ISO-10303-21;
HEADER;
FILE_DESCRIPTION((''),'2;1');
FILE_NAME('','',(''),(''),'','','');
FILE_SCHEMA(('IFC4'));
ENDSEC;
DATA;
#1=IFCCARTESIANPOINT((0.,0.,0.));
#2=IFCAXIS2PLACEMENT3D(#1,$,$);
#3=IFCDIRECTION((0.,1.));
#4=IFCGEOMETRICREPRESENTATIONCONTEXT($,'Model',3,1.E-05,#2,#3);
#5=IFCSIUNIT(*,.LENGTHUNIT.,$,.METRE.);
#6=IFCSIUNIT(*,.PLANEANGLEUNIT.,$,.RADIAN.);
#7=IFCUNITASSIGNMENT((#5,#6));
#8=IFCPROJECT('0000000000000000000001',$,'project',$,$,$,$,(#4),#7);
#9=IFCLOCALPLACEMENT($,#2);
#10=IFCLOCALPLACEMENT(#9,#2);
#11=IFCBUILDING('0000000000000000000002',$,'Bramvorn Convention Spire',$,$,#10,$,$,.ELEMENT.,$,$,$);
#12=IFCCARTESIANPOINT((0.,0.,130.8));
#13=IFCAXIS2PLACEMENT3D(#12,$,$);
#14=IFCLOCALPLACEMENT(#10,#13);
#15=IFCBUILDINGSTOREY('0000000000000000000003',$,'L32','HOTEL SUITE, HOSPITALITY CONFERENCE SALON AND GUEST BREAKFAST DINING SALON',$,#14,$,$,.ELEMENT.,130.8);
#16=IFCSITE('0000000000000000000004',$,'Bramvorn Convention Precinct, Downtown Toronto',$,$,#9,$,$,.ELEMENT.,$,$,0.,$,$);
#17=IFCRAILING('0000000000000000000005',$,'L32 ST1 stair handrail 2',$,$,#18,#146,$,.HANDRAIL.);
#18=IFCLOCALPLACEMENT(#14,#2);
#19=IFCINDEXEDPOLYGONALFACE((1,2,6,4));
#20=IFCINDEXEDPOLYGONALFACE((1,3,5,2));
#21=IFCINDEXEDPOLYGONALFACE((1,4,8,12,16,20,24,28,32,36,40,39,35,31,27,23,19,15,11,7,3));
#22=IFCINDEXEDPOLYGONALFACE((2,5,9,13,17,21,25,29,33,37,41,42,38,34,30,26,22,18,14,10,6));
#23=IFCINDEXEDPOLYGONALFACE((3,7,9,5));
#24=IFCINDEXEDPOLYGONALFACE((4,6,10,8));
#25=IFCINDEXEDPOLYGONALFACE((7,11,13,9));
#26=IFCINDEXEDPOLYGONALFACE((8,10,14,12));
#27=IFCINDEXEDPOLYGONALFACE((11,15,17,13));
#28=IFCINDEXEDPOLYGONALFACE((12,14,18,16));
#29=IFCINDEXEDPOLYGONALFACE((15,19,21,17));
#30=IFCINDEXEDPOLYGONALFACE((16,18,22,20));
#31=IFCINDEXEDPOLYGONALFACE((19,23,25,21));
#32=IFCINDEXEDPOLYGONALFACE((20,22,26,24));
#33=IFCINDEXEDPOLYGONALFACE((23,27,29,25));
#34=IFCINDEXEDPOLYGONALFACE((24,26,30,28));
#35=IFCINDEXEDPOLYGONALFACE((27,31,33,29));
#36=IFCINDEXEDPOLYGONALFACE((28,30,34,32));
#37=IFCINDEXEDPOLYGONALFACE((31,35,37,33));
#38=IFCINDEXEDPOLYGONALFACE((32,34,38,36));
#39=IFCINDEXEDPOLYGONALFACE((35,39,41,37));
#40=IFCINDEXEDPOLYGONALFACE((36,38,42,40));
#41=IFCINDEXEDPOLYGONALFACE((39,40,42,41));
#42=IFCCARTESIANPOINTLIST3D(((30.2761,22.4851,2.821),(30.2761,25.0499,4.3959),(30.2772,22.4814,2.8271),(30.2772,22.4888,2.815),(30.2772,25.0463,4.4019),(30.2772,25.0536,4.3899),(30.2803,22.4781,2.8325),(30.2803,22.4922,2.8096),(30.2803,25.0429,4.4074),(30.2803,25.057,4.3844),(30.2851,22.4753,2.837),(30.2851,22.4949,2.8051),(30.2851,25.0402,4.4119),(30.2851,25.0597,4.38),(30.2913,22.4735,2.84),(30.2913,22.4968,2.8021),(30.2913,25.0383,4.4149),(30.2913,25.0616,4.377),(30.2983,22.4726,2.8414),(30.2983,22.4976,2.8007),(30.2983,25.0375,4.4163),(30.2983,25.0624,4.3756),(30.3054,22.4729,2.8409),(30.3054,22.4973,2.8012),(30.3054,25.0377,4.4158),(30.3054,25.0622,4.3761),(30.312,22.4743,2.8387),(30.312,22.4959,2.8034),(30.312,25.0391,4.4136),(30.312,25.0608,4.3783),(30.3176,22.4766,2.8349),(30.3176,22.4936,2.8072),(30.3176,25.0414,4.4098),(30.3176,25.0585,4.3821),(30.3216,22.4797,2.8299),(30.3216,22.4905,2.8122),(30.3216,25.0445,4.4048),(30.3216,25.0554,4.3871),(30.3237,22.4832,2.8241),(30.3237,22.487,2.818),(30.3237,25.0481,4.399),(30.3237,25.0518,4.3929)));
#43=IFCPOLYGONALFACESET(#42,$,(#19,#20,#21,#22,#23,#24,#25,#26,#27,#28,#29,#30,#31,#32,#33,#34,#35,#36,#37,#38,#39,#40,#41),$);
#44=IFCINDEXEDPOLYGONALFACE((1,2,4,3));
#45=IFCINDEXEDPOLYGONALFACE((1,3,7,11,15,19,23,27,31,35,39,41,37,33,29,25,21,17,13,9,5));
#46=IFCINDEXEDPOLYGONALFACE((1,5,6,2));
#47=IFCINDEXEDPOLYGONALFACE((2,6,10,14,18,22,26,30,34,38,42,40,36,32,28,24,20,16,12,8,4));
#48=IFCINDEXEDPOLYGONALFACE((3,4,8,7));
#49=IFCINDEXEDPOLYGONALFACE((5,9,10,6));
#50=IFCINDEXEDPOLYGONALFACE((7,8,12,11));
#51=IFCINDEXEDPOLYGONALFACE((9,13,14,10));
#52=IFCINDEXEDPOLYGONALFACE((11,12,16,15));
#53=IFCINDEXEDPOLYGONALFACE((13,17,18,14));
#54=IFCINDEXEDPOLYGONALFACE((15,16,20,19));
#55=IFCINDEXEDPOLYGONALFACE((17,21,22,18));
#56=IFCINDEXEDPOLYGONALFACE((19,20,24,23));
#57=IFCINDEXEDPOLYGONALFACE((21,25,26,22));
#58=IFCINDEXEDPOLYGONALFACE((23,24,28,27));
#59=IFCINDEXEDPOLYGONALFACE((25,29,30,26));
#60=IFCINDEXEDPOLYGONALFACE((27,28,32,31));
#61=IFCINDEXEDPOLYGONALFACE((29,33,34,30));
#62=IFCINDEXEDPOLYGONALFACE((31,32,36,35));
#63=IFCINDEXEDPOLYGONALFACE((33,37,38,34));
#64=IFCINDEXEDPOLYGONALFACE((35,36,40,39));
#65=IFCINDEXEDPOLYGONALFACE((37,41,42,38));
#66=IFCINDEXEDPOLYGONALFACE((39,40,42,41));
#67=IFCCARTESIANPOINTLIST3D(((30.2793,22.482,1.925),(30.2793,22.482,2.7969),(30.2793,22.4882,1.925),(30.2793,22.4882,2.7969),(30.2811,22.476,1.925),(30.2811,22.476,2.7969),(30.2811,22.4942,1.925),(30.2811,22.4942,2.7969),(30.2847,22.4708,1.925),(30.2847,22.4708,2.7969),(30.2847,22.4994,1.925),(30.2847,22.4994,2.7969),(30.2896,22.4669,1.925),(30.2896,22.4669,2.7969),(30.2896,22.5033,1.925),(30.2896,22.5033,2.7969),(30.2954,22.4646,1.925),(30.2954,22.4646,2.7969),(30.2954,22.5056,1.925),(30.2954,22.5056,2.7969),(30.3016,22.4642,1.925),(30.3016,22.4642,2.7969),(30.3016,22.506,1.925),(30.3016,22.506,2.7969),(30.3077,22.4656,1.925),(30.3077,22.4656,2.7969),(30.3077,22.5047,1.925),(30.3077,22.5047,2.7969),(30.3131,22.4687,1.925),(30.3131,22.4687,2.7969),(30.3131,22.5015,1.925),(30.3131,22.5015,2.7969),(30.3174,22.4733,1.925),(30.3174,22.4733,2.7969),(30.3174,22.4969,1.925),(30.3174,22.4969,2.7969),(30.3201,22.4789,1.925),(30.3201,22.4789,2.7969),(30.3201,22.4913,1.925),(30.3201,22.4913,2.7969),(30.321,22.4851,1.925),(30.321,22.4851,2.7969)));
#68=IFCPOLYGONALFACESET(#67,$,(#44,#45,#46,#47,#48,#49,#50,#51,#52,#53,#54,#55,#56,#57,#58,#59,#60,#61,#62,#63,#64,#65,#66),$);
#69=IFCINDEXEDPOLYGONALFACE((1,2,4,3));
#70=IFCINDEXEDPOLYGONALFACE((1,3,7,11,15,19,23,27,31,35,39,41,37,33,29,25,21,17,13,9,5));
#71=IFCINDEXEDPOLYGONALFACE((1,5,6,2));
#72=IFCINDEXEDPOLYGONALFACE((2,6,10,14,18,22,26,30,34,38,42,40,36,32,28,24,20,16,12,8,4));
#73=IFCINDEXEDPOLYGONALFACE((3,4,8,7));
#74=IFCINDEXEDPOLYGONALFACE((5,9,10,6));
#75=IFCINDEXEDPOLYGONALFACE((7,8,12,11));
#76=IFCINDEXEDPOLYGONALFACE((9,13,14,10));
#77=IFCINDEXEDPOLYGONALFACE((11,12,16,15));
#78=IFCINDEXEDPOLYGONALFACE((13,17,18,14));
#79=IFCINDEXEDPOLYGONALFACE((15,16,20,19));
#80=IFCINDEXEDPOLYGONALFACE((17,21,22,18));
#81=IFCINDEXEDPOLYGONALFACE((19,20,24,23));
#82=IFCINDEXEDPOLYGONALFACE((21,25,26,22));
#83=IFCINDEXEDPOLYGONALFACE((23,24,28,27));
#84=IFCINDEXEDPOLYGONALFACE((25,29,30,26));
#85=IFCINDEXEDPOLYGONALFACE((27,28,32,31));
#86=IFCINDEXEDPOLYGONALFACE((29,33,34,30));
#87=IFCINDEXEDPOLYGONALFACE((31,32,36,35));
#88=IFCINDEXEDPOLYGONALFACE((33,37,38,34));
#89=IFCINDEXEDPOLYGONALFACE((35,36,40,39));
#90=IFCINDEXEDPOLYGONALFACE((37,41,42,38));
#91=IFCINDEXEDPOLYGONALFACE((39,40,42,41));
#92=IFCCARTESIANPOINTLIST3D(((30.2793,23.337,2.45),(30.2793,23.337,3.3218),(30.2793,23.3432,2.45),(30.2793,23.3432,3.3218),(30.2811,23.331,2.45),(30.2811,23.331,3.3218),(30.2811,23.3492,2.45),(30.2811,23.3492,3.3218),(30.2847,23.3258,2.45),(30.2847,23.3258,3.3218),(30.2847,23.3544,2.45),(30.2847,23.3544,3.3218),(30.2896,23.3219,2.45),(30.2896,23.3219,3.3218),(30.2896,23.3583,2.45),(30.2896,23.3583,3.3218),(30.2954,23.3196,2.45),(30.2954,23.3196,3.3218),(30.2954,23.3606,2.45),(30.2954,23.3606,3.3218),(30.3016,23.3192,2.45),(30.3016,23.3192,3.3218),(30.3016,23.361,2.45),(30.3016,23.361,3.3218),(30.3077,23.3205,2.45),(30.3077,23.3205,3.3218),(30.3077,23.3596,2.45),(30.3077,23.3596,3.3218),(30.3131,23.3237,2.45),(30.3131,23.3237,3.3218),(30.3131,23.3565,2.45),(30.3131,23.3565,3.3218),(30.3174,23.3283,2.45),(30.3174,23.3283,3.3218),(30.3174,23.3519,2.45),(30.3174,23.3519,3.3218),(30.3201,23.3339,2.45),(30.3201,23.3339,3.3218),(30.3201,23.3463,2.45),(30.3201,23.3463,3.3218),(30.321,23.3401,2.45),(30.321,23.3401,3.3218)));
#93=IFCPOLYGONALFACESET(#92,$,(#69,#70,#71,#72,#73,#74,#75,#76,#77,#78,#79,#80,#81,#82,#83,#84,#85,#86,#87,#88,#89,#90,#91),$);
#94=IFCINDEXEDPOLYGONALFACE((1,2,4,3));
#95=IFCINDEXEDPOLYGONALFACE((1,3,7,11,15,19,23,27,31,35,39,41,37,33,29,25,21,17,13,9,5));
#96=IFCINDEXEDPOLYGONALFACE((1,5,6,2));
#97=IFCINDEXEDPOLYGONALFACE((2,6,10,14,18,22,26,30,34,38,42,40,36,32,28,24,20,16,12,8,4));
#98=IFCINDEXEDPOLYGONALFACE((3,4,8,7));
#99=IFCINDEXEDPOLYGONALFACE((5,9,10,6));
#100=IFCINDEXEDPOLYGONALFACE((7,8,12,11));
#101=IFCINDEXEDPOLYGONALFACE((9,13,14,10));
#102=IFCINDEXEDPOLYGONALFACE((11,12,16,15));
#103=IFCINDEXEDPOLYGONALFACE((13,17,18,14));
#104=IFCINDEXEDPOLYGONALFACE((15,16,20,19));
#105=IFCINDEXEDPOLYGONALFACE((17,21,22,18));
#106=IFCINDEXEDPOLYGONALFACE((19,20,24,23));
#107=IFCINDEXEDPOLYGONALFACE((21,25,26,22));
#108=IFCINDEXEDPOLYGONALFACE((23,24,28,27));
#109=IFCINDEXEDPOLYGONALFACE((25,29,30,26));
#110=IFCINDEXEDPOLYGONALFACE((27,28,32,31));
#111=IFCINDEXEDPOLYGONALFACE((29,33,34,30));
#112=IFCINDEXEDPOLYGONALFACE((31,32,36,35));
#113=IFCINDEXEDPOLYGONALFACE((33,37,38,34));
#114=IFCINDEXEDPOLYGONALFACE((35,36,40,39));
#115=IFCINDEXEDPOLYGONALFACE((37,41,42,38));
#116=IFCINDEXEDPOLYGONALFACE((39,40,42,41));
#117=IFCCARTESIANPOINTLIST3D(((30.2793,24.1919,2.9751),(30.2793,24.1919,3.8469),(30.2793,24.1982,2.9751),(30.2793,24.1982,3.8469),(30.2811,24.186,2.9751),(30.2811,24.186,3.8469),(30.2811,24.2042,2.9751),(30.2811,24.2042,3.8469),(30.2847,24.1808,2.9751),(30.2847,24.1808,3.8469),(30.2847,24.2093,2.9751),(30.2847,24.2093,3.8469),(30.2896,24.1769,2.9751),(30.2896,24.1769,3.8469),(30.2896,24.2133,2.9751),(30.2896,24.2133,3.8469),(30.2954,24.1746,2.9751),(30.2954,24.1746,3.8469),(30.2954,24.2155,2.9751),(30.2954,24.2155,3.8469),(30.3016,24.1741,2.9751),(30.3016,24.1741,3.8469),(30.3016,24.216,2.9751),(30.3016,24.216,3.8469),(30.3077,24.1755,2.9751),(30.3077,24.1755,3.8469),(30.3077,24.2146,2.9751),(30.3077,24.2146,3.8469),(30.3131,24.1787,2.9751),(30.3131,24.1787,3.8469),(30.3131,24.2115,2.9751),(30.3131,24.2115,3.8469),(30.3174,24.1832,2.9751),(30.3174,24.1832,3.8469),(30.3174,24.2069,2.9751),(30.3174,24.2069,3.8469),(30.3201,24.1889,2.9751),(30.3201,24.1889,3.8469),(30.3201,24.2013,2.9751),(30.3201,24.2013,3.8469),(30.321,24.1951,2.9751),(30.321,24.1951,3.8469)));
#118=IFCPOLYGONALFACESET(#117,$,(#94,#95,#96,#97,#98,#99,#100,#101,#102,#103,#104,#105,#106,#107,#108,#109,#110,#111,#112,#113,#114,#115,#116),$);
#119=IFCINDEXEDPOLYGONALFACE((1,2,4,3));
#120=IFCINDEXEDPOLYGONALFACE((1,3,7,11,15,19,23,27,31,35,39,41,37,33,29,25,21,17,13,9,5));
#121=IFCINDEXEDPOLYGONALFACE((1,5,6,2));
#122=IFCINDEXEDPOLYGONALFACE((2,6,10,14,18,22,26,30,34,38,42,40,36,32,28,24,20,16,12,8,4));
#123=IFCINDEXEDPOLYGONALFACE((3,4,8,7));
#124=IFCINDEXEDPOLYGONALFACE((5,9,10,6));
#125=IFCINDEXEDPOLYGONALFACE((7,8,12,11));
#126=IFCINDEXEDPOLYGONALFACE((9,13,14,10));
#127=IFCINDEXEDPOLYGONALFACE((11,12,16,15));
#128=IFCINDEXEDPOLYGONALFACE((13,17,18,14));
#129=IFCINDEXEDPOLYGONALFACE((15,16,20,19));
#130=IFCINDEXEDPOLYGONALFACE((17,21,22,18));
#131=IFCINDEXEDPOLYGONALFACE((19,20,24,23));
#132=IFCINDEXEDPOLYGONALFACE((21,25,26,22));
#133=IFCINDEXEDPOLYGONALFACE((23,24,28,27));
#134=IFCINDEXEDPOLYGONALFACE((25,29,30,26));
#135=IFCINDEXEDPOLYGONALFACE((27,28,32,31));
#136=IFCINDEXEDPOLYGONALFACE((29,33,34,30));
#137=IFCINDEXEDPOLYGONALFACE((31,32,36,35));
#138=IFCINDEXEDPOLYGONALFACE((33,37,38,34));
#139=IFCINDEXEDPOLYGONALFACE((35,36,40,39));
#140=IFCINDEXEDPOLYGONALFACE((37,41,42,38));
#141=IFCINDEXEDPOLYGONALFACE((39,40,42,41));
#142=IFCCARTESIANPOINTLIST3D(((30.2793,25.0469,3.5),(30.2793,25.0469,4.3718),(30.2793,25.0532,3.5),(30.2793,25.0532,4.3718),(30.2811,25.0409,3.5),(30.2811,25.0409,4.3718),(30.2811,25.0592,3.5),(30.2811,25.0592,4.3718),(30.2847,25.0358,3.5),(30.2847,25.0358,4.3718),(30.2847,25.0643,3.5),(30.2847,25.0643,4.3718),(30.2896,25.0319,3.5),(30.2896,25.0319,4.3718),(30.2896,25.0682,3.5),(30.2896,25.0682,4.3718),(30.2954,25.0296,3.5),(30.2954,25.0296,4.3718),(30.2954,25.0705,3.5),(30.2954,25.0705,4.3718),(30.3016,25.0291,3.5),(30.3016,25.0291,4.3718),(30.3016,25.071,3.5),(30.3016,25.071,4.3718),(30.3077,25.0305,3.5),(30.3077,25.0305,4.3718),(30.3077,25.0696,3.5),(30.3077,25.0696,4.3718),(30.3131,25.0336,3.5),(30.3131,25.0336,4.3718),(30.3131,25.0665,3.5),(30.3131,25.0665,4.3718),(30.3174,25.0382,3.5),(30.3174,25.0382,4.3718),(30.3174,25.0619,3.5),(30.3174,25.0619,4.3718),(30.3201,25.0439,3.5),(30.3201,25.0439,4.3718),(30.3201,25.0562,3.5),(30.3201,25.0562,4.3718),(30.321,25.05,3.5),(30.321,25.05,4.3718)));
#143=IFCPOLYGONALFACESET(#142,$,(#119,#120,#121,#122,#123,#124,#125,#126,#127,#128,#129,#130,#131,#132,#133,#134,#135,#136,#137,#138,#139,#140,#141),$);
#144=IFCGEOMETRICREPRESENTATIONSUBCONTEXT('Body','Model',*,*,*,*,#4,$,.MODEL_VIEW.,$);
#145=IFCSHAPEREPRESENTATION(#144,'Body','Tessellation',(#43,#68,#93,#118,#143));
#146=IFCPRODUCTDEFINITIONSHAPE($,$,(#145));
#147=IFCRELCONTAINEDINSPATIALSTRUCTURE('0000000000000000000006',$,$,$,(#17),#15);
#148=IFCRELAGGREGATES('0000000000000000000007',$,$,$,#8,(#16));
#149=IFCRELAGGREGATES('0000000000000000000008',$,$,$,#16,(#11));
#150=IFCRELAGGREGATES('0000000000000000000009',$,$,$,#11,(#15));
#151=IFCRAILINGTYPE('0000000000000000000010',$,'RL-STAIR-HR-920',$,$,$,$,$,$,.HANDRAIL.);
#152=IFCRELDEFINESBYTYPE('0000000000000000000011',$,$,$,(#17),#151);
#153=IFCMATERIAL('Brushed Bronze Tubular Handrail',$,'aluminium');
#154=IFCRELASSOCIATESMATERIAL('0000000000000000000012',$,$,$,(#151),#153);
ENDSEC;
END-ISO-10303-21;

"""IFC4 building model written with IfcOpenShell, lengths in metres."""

from ifc_helpers import new_model, si_unit, direction, frame, origin, origin_2d, place, context, subcontext, project, spatial, circle, extrude, material, type_object, element, save


model = new_model("IFC4")

# Units and contexts
model_context = context("Model", 3, precision=1e-05, world=origin(), true_north=direction((0.0, 1.0)))
body_context = subcontext(model_context, "Body", "Model", "MODEL_VIEW")
ifc_project = project(units=[si_unit("LENGTHUNIT", "METRE"), si_unit("PLANEANGLEUNIT", "RADIAN")], contexts=[model_context])

# Site, building, storey
site_placement = place(None, origin())
site = spatial("IfcSite", under=ifc_project, at=site_placement, Name="Bramvorn Convention Precinct, Downtown Toronto", CompositionType="ELEMENT", RefElevation=0.0)
building_placement = place(site_placement, origin())
building = spatial("IfcBuilding", under=site, at=building_placement, Name="Bramvorn Convention Spire", CompositionType="ELEMENT")
storey_placement = place(building_placement, frame((0.0, 0.0, 130.8)))
storey = spatial("IfcBuildingStorey", under=building, at=storey_placement, Name="L32", Description="HOTEL SUITE, HOSPITALITY CONFERENCE SALON AND GUEST BREAKFAST DINING SALON", CompositionType="ELEMENT", Elevation=130.8)

# Railing
ifc_material_1 = material(Name="Brushed Bronze Tubular Handrail", Category="aluminium")
railing_type_1 = type_object("IfcRailingType", Name="RL-STAIR-HR-920", PredefinedType="HANDRAIL", material=ifc_material_1)
railing_1_placement = place(storey_placement, frame((30.3, 22.4851, 1.925)))
element("IfcRailing", 1, at=railing_1_placement, inside=storey, type_object=railing_type_1, Name="L32 ST1 stair handrail 2", PredefinedType="HANDRAIL", context=body_context, shape_type="SweptSolid", body=[
    extrude(circle(Radius=0.0239, at=origin_2d()), frame((0.0, 0.0, 0.896), z_axis=(0.0, 0.852173, 0.52326), x_axis=(-1.0, 0.0, 0.0)), (0.0, 0.0, 1.0), 3.0098),
    extrude(circle(Radius=0.021, at=origin_2d()), origin(), (0.0, 0.0, 1.0), 0.8718),
    extrude(circle(Radius=0.021, at=origin_2d()), frame((0.0, 0.855, 0.5249)), (0.0, 0.0, 1.0), 0.8718),
    extrude(circle(Radius=0.021, at=origin_2d()), frame((0.0, 1.71, 1.05)), (0.0, 0.0, 1.0), 0.8718),
    extrude(circle(Radius=0.021, at=origin_2d()), frame((0.0, 2.5649, 1.575)), (0.0, 0.0, 1.0), 0.8718),
])

save(model, "model.ifc")
